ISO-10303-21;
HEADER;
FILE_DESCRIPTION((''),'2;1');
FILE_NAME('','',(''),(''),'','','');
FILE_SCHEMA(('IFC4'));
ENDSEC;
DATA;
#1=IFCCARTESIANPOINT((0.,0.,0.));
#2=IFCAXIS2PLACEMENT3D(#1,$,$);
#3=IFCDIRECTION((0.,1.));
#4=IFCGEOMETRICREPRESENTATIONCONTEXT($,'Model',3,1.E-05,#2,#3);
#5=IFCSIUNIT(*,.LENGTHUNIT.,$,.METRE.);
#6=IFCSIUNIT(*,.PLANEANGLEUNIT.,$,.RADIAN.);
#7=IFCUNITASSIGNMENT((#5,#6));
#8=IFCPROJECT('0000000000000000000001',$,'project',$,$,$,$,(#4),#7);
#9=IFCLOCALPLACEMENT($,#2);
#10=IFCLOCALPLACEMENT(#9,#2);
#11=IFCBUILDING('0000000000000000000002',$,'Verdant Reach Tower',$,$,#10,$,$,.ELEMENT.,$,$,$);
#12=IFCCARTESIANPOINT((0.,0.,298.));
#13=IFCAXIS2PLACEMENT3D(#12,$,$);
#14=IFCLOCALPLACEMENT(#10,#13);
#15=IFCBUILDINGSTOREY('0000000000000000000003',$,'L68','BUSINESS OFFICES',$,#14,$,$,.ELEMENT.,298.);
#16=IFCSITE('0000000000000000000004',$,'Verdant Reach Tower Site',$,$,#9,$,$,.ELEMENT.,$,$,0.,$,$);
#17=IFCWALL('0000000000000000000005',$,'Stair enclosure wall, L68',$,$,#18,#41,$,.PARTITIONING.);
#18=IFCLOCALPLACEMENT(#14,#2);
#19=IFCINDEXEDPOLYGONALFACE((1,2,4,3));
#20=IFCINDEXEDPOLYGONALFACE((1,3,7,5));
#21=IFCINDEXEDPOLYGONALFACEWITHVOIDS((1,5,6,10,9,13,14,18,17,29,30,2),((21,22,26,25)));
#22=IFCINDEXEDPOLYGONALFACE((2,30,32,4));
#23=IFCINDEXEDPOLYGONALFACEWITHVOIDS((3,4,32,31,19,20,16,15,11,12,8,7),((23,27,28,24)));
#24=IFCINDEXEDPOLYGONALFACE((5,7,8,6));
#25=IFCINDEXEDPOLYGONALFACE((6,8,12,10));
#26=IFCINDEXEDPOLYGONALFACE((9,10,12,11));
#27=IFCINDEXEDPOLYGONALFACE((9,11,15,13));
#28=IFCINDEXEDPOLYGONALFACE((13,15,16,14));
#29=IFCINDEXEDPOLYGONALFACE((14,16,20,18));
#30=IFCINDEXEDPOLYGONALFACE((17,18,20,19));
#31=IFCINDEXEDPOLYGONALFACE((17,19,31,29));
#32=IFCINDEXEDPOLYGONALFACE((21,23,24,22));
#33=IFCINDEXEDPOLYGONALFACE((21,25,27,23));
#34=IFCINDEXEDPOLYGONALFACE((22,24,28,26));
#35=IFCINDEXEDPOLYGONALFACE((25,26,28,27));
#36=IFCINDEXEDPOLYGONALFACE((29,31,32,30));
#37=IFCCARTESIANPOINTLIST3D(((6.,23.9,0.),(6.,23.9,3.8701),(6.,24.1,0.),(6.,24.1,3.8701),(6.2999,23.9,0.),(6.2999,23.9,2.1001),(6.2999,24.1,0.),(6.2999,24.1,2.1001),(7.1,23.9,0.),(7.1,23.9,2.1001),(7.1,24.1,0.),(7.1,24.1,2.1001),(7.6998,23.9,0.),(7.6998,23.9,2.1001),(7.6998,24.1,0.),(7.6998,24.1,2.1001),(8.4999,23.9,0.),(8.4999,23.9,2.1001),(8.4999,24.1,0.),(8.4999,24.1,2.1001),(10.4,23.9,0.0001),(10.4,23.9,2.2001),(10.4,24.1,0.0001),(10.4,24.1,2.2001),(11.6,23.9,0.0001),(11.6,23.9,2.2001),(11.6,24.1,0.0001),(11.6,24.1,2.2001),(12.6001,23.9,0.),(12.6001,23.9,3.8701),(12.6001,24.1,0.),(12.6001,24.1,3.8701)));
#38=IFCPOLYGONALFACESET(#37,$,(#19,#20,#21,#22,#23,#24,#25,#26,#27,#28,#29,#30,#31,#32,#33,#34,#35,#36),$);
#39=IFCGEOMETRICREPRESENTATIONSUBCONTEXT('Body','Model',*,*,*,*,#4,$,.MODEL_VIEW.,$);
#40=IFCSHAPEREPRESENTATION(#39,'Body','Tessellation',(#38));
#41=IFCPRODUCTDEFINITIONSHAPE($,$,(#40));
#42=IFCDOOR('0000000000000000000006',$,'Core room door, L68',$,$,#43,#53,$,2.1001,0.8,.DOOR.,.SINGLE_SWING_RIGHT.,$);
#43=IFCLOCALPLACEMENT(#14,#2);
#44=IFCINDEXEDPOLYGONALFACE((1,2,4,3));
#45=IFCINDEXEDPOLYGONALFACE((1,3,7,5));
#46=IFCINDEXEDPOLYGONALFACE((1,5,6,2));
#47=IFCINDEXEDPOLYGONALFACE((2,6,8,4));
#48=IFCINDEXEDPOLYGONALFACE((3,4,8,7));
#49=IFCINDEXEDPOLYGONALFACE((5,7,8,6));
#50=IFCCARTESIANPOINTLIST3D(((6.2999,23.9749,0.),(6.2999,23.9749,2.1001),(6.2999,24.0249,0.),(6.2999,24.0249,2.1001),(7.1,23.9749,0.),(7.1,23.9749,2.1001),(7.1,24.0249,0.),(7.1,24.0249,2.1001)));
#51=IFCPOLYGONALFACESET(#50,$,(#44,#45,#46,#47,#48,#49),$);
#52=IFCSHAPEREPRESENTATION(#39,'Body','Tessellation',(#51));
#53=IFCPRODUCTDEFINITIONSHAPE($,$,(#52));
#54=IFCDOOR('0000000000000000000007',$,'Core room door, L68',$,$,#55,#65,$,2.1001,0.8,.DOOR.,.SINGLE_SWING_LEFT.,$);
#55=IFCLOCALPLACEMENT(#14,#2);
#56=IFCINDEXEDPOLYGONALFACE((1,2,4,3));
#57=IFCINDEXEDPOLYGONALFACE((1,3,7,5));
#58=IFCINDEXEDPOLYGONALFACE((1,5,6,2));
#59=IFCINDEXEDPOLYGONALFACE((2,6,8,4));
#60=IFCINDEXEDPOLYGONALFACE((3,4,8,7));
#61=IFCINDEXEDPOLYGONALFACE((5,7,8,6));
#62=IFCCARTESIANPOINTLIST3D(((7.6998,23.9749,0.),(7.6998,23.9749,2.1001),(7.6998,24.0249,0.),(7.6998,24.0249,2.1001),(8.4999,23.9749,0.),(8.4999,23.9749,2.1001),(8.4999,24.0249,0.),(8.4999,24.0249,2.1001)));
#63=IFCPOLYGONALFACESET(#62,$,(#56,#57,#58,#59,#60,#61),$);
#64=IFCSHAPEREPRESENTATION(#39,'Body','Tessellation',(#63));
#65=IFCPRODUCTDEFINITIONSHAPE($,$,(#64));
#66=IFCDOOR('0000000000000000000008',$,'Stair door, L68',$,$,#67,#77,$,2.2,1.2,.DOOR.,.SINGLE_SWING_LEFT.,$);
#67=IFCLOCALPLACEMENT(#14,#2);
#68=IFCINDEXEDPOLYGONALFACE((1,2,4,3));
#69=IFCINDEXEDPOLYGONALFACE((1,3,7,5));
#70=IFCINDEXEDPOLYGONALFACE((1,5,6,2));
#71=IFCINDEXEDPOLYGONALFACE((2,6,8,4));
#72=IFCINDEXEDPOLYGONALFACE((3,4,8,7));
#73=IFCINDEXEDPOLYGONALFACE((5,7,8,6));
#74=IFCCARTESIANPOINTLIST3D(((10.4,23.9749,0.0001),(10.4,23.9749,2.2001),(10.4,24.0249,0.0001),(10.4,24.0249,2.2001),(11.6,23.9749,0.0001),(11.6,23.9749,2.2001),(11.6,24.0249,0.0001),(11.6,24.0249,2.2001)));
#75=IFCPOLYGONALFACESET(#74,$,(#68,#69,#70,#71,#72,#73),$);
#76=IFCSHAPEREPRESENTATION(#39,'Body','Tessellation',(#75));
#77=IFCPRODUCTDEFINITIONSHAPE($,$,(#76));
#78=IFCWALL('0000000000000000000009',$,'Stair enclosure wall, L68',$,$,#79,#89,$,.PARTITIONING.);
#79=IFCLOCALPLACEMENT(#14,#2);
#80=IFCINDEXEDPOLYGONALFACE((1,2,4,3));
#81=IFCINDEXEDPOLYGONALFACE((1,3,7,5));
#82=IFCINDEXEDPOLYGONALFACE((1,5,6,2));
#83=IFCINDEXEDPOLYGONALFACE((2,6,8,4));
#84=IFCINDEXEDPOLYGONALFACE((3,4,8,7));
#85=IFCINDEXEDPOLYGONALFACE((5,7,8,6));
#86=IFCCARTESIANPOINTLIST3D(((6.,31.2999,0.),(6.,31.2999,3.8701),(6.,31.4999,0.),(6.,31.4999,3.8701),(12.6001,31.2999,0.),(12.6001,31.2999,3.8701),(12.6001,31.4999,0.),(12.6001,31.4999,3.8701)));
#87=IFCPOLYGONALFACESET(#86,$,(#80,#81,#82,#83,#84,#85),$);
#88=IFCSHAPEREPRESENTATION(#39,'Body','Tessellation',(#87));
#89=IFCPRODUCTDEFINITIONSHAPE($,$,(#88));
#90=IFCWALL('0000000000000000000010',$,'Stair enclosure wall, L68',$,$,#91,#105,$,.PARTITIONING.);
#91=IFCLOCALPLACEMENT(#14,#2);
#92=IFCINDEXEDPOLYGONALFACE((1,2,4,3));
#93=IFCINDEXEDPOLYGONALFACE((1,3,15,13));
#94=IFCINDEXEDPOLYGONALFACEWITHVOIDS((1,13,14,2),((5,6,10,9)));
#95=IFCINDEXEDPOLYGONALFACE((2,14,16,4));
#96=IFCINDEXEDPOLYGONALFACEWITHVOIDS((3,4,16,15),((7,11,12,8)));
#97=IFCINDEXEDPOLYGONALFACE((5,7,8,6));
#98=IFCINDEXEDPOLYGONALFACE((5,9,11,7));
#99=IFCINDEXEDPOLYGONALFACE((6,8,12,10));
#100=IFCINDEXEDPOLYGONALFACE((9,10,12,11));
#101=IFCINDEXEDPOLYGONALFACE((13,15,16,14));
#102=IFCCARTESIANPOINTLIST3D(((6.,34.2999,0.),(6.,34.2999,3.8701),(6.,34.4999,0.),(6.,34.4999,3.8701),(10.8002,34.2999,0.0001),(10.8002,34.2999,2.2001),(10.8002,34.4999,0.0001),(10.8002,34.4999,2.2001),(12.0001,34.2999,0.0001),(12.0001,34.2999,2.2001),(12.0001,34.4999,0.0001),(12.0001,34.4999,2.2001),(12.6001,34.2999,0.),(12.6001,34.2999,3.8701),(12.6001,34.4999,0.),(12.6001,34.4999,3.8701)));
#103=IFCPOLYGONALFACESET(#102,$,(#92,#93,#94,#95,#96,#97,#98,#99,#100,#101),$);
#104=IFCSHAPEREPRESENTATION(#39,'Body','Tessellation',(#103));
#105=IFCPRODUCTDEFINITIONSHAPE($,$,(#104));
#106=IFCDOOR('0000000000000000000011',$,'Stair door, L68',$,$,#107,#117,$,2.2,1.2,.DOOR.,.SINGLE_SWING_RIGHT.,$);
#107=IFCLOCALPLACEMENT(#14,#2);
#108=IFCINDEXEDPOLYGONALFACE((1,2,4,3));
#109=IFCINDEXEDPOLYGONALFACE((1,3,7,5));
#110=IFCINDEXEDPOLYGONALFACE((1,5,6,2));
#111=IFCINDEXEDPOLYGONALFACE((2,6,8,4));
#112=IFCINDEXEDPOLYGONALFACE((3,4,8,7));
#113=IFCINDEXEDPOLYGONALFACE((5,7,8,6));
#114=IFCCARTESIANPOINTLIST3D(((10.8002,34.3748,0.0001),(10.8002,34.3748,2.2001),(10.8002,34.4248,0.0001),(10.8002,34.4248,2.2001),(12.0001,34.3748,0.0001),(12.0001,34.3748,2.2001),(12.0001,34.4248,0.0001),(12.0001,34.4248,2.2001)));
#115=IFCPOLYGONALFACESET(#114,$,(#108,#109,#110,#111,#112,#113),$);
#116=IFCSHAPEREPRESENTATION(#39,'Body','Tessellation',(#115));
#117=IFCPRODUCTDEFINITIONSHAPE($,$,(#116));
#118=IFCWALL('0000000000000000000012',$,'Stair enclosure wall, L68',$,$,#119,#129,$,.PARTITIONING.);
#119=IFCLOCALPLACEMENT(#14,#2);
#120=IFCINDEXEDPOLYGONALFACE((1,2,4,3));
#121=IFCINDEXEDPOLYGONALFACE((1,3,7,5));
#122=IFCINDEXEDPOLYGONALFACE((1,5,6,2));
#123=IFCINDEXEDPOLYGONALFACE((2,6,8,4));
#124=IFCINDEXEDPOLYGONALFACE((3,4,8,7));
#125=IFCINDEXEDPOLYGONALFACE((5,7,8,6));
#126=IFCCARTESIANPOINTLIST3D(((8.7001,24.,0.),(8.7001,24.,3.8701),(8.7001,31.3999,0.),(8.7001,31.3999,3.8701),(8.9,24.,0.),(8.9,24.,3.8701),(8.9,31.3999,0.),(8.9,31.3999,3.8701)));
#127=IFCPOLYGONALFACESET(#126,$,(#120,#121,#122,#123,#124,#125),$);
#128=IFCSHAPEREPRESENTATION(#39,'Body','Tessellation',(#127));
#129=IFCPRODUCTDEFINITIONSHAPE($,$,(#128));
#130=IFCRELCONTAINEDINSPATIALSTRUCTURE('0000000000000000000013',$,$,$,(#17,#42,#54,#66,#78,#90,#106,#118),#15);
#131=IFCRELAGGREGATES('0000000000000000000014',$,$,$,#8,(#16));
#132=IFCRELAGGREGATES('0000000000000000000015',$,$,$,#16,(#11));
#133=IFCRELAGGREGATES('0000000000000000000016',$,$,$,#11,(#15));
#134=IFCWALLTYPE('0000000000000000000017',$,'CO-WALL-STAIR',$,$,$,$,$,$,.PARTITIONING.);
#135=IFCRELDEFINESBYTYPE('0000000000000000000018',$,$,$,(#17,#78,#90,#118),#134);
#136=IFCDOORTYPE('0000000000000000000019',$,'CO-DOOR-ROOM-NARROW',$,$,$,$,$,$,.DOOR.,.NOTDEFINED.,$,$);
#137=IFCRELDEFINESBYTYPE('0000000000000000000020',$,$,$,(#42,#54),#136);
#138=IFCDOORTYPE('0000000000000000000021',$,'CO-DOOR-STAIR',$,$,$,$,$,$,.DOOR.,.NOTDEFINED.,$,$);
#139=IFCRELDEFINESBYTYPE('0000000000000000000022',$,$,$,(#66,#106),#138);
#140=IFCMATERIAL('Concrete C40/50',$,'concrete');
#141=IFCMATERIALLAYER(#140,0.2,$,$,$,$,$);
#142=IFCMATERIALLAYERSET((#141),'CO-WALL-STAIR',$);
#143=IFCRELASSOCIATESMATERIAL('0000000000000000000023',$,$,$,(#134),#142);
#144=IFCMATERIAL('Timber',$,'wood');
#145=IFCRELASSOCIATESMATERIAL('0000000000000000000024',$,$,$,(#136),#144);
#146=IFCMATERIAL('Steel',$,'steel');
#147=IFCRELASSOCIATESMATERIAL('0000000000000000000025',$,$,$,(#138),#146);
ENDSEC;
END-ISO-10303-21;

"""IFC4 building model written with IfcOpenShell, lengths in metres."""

from ifc_helpers import new_model, si_unit, direction, frame, frame_2d, origin, place, context, subcontext, project, spatial, rectangle, extrude, material, layer, layer_set, type_object, element, fill, save


model = new_model("IFC4")

# Units and contexts
model_context = context("Model", 3, precision=1e-05, world=origin(), true_north=direction((0.0, 1.0)))
body_context = subcontext(model_context, "Body", "Model", "MODEL_VIEW")
ifc_project = project(units=[si_unit("LENGTHUNIT", "METRE"), si_unit("PLANEANGLEUNIT", "RADIAN")], contexts=[model_context])

# Site, building, storey
site_placement = place(None, origin())
site = spatial("IfcSite", under=ifc_project, at=site_placement, Name="Verdant Reach Tower Site", CompositionType="ELEMENT", RefElevation=0.0)
building_placement = place(site_placement, origin())
building = spatial("IfcBuilding", under=site, at=building_placement, Name="Verdant Reach Tower", CompositionType="ELEMENT")
storey_placement = place(building_placement, frame((0.0, 0.0, 298.0)))
storey = spatial("IfcBuildingStorey", under=building, at=storey_placement, Name="L68", Description="BUSINESS OFFICES", CompositionType="ELEMENT", Elevation=298.0)

# Shared definitions
ifc_material_1 = material(Name="Timber", Category="wood")

# Shared definitions
ifc_material_2 = material(Name="Concrete C40/50", Category="concrete")

# Wall, openings, doors
ifc_layer_1 = layer(ifc_material_2, 0.2)
ifc_layer_set_1 = layer_set([ifc_layer_1], Name="CO-WALL-STAIR")
wall_type_1 = type_object("IfcWallType", Name="CO-WALL-STAIR", PredefinedType="PARTITIONING", material=ifc_layer_set_1)
wall_1_placement = place(storey_placement, frame((6.0, 24.0, 0.0), z_axis=(0.0, 0.0, 1.0), x_axis=(1.0, 0.0, 0.0)))
wall_1 = element("IfcWall", 1, at=wall_1_placement, inside=storey, type_object=wall_type_1, Name="Stair enclosure wall, L68", PredefinedType="PARTITIONING", context=body_context, shape_type="SweptSolid", body=[
    extrude(rectangle(XDim=6.6001, YDim=0.2, at=frame_2d((3.3, 0.0))), origin(), (0.0, 0.0, 1.0), 3.8701),
])
opening_1_placement = place(wall_1_placement, frame((0.3, 0.0, 0.0)))
opening_1 = element("IfcOpeningElement", 2, at=opening_1_placement, cuts=wall_1, PredefinedType="OPENING", context=body_context, shape_type="SweptSolid", body=[
    extrude(rectangle(XDim=0.8, YDim=2.1001, at=frame_2d((0.3999, 1.05))), frame((0.0, 0.1099, 0.0), z_axis=(0.0, -1.0, 0.0), x_axis=(1.0, 0.0, 0.0)), (0.0, 0.0, 1.0), 0.22),
])
opening_2_placement = place(wall_1_placement, frame((1.7, 0.0, 0.0)))
opening_2 = element("IfcOpeningElement", 3, at=opening_2_placement, cuts=wall_1, PredefinedType="OPENING", context=body_context, shape_type="SweptSolid", body=[
    extrude(rectangle(XDim=0.8, YDim=2.1001, at=frame_2d((0.3999, 1.05))), frame((0.0, 0.1099, 0.0), z_axis=(0.0, -1.0, 0.0), x_axis=(1.0, 0.0, 0.0)), (0.0, 0.0, 1.0), 0.22),
])
opening_3_placement = place(wall_1_placement, frame((4.3999, 0.0, 0.0)))
opening_3 = element("IfcOpeningElement", 4, at=opening_3_placement, cuts=wall_1, PredefinedType="OPENING", context=body_context, shape_type="SweptSolid", body=[
    extrude(rectangle(XDim=1.2, YDim=2.2, at=frame_2d((0.6001, 1.1001))), frame((0.0, 0.1099, 0.0), z_axis=(0.0, -1.0, 0.0), x_axis=(1.0, 0.0, 0.0)), (0.0, 0.0, 1.0), 0.22),
])
door_type_1 = type_object("IfcDoorType", Name="CO-DOOR-ROOM-NARROW", OperationType="NOTDEFINED", PredefinedType="DOOR", material=ifc_material_1)
door_1_placement = place(opening_1_placement, origin())
door_1 = element("IfcDoor", 5, at=door_1_placement, inside=storey, type_object=door_type_1, Name="Core room door, L68", OperationType="SINGLE_SWING_RIGHT", OverallHeight=2.1001, OverallWidth=0.8, PredefinedType="DOOR", context=body_context, shape_type="SweptSolid", body=[
    extrude(rectangle(XDim=0.8, YDim=2.1001, at=frame_2d((0.3999, 1.05))), frame((0.0, 0.0249, 0.0), z_axis=(0.0, -1.0, 0.0), x_axis=(1.0, 0.0, 0.0)), (0.0, 0.0, 1.0), 0.05),
])
fill(opening_1, door_1)
door_2_placement = place(opening_2_placement, origin())
door_2 = element("IfcDoor", 6, at=door_2_placement, inside=storey, type_object=door_type_1, Name="Core room door, L68", OperationType="SINGLE_SWING_LEFT", OverallHeight=2.1001, OverallWidth=0.8, PredefinedType="DOOR", context=body_context, shape_type="SweptSolid", body=[
    extrude(rectangle(XDim=0.8, YDim=2.1001, at=frame_2d((0.3999, 1.05))), frame((0.0, 0.0249, 0.0), z_axis=(0.0, -1.0, 0.0), x_axis=(1.0, 0.0, 0.0)), (0.0, 0.0, 1.0), 0.05),
])
fill(opening_2, door_2)
ifc_material_3 = material(Name="Steel", Category="steel")
door_type_2 = type_object("IfcDoorType", Name="CO-DOOR-STAIR", OperationType="NOTDEFINED", PredefinedType="DOOR", material=ifc_material_3)
door_3_placement = place(opening_3_placement, origin())
door_3 = element("IfcDoor", 7, at=door_3_placement, inside=storey, type_object=door_type_2, Name="Stair door, L68", OperationType="SINGLE_SWING_LEFT", OverallHeight=2.2, OverallWidth=1.2, PredefinedType="DOOR", context=body_context, shape_type="SweptSolid", body=[
    extrude(rectangle(XDim=1.2, YDim=2.2, at=frame_2d((0.6001, 1.1001))), frame((0.0, 0.0249, 0.0), z_axis=(0.0, -1.0, 0.0), x_axis=(1.0, 0.0, 0.0)), (0.0, 0.0, 1.0), 0.05),
])
fill(opening_3, door_3)

# Wall
wall_2_placement = place(storey_placement, frame((6.0, 31.3999, 0.0), z_axis=(0.0, 0.0, 1.0), x_axis=(1.0, 0.0, 0.0)))
element("IfcWall", 8, at=wall_2_placement, inside=storey, type_object=wall_type_1, Name="Stair enclosure wall, L68", PredefinedType="PARTITIONING", context=body_context, shape_type="SweptSolid", body=[
    extrude(rectangle(XDim=6.6001, YDim=0.2, at=frame_2d((3.3, 0.0))), origin(), (0.0, 0.0, 1.0), 3.8701),
])

# Wall, opening, door
wall_3_placement = place(storey_placement, frame((6.0, 34.3999, 0.0), z_axis=(0.0, 0.0, 1.0), x_axis=(1.0, 0.0, 0.0)))
wall_3 = element("IfcWall", 9, at=wall_3_placement, inside=storey, type_object=wall_type_1, Name="Stair enclosure wall, L68", PredefinedType="PARTITIONING", context=body_context, shape_type="SweptSolid", body=[
    extrude(rectangle(XDim=6.6001, YDim=0.2, at=frame_2d((3.3, 0.0))), origin(), (0.0, 0.0, 1.0), 3.8701),
])
opening_4_placement = place(wall_3_placement, frame((4.8, 0.0, 0.0)))
opening_4 = element("IfcOpeningElement", 10, at=opening_4_placement, cuts=wall_3, PredefinedType="OPENING", context=body_context, shape_type="SweptSolid", body=[
    extrude(rectangle(XDim=1.2, YDim=2.2, at=frame_2d((0.6001, 1.1001))), frame((0.0, 0.1099, 0.0), z_axis=(0.0, -1.0, 0.0), x_axis=(1.0, 0.0, 0.0)), (0.0, 0.0, 1.0), 0.22),
])
door_4_placement = place(opening_4_placement, origin())
door_4 = element("IfcDoor", 11, at=door_4_placement, inside=storey, type_object=door_type_2, Name="Stair door, L68", OperationType="SINGLE_SWING_RIGHT", OverallHeight=2.2, OverallWidth=1.2, PredefinedType="DOOR", context=body_context, shape_type="SweptSolid", body=[
    extrude(rectangle(XDim=1.2, YDim=2.2, at=frame_2d((0.6001, 1.1001))), frame((0.0, 0.0249, 0.0), z_axis=(0.0, -1.0, 0.0), x_axis=(1.0, 0.0, 0.0)), (0.0, 0.0, 1.0), 0.05),
])
fill(opening_4, door_4)

# Wall
wall_4_placement = place(storey_placement, frame((8.8, 24.0, 0.0), z_axis=(0.0, 0.0, 1.0), x_axis=(0.0, 1.0, 0.0)))
element("IfcWall", 12, at=wall_4_placement, inside=storey, type_object=wall_type_1, Name="Stair enclosure wall, L68", PredefinedType="PARTITIONING", context=body_context, shape_type="SweptSolid", body=[
    extrude(rectangle(XDim=7.3999, YDim=0.2, at=frame_2d((3.7, 0.0))), origin(), (0.0, 0.0, 1.0), 3.8701),
])

save(model, "model.ifc")
